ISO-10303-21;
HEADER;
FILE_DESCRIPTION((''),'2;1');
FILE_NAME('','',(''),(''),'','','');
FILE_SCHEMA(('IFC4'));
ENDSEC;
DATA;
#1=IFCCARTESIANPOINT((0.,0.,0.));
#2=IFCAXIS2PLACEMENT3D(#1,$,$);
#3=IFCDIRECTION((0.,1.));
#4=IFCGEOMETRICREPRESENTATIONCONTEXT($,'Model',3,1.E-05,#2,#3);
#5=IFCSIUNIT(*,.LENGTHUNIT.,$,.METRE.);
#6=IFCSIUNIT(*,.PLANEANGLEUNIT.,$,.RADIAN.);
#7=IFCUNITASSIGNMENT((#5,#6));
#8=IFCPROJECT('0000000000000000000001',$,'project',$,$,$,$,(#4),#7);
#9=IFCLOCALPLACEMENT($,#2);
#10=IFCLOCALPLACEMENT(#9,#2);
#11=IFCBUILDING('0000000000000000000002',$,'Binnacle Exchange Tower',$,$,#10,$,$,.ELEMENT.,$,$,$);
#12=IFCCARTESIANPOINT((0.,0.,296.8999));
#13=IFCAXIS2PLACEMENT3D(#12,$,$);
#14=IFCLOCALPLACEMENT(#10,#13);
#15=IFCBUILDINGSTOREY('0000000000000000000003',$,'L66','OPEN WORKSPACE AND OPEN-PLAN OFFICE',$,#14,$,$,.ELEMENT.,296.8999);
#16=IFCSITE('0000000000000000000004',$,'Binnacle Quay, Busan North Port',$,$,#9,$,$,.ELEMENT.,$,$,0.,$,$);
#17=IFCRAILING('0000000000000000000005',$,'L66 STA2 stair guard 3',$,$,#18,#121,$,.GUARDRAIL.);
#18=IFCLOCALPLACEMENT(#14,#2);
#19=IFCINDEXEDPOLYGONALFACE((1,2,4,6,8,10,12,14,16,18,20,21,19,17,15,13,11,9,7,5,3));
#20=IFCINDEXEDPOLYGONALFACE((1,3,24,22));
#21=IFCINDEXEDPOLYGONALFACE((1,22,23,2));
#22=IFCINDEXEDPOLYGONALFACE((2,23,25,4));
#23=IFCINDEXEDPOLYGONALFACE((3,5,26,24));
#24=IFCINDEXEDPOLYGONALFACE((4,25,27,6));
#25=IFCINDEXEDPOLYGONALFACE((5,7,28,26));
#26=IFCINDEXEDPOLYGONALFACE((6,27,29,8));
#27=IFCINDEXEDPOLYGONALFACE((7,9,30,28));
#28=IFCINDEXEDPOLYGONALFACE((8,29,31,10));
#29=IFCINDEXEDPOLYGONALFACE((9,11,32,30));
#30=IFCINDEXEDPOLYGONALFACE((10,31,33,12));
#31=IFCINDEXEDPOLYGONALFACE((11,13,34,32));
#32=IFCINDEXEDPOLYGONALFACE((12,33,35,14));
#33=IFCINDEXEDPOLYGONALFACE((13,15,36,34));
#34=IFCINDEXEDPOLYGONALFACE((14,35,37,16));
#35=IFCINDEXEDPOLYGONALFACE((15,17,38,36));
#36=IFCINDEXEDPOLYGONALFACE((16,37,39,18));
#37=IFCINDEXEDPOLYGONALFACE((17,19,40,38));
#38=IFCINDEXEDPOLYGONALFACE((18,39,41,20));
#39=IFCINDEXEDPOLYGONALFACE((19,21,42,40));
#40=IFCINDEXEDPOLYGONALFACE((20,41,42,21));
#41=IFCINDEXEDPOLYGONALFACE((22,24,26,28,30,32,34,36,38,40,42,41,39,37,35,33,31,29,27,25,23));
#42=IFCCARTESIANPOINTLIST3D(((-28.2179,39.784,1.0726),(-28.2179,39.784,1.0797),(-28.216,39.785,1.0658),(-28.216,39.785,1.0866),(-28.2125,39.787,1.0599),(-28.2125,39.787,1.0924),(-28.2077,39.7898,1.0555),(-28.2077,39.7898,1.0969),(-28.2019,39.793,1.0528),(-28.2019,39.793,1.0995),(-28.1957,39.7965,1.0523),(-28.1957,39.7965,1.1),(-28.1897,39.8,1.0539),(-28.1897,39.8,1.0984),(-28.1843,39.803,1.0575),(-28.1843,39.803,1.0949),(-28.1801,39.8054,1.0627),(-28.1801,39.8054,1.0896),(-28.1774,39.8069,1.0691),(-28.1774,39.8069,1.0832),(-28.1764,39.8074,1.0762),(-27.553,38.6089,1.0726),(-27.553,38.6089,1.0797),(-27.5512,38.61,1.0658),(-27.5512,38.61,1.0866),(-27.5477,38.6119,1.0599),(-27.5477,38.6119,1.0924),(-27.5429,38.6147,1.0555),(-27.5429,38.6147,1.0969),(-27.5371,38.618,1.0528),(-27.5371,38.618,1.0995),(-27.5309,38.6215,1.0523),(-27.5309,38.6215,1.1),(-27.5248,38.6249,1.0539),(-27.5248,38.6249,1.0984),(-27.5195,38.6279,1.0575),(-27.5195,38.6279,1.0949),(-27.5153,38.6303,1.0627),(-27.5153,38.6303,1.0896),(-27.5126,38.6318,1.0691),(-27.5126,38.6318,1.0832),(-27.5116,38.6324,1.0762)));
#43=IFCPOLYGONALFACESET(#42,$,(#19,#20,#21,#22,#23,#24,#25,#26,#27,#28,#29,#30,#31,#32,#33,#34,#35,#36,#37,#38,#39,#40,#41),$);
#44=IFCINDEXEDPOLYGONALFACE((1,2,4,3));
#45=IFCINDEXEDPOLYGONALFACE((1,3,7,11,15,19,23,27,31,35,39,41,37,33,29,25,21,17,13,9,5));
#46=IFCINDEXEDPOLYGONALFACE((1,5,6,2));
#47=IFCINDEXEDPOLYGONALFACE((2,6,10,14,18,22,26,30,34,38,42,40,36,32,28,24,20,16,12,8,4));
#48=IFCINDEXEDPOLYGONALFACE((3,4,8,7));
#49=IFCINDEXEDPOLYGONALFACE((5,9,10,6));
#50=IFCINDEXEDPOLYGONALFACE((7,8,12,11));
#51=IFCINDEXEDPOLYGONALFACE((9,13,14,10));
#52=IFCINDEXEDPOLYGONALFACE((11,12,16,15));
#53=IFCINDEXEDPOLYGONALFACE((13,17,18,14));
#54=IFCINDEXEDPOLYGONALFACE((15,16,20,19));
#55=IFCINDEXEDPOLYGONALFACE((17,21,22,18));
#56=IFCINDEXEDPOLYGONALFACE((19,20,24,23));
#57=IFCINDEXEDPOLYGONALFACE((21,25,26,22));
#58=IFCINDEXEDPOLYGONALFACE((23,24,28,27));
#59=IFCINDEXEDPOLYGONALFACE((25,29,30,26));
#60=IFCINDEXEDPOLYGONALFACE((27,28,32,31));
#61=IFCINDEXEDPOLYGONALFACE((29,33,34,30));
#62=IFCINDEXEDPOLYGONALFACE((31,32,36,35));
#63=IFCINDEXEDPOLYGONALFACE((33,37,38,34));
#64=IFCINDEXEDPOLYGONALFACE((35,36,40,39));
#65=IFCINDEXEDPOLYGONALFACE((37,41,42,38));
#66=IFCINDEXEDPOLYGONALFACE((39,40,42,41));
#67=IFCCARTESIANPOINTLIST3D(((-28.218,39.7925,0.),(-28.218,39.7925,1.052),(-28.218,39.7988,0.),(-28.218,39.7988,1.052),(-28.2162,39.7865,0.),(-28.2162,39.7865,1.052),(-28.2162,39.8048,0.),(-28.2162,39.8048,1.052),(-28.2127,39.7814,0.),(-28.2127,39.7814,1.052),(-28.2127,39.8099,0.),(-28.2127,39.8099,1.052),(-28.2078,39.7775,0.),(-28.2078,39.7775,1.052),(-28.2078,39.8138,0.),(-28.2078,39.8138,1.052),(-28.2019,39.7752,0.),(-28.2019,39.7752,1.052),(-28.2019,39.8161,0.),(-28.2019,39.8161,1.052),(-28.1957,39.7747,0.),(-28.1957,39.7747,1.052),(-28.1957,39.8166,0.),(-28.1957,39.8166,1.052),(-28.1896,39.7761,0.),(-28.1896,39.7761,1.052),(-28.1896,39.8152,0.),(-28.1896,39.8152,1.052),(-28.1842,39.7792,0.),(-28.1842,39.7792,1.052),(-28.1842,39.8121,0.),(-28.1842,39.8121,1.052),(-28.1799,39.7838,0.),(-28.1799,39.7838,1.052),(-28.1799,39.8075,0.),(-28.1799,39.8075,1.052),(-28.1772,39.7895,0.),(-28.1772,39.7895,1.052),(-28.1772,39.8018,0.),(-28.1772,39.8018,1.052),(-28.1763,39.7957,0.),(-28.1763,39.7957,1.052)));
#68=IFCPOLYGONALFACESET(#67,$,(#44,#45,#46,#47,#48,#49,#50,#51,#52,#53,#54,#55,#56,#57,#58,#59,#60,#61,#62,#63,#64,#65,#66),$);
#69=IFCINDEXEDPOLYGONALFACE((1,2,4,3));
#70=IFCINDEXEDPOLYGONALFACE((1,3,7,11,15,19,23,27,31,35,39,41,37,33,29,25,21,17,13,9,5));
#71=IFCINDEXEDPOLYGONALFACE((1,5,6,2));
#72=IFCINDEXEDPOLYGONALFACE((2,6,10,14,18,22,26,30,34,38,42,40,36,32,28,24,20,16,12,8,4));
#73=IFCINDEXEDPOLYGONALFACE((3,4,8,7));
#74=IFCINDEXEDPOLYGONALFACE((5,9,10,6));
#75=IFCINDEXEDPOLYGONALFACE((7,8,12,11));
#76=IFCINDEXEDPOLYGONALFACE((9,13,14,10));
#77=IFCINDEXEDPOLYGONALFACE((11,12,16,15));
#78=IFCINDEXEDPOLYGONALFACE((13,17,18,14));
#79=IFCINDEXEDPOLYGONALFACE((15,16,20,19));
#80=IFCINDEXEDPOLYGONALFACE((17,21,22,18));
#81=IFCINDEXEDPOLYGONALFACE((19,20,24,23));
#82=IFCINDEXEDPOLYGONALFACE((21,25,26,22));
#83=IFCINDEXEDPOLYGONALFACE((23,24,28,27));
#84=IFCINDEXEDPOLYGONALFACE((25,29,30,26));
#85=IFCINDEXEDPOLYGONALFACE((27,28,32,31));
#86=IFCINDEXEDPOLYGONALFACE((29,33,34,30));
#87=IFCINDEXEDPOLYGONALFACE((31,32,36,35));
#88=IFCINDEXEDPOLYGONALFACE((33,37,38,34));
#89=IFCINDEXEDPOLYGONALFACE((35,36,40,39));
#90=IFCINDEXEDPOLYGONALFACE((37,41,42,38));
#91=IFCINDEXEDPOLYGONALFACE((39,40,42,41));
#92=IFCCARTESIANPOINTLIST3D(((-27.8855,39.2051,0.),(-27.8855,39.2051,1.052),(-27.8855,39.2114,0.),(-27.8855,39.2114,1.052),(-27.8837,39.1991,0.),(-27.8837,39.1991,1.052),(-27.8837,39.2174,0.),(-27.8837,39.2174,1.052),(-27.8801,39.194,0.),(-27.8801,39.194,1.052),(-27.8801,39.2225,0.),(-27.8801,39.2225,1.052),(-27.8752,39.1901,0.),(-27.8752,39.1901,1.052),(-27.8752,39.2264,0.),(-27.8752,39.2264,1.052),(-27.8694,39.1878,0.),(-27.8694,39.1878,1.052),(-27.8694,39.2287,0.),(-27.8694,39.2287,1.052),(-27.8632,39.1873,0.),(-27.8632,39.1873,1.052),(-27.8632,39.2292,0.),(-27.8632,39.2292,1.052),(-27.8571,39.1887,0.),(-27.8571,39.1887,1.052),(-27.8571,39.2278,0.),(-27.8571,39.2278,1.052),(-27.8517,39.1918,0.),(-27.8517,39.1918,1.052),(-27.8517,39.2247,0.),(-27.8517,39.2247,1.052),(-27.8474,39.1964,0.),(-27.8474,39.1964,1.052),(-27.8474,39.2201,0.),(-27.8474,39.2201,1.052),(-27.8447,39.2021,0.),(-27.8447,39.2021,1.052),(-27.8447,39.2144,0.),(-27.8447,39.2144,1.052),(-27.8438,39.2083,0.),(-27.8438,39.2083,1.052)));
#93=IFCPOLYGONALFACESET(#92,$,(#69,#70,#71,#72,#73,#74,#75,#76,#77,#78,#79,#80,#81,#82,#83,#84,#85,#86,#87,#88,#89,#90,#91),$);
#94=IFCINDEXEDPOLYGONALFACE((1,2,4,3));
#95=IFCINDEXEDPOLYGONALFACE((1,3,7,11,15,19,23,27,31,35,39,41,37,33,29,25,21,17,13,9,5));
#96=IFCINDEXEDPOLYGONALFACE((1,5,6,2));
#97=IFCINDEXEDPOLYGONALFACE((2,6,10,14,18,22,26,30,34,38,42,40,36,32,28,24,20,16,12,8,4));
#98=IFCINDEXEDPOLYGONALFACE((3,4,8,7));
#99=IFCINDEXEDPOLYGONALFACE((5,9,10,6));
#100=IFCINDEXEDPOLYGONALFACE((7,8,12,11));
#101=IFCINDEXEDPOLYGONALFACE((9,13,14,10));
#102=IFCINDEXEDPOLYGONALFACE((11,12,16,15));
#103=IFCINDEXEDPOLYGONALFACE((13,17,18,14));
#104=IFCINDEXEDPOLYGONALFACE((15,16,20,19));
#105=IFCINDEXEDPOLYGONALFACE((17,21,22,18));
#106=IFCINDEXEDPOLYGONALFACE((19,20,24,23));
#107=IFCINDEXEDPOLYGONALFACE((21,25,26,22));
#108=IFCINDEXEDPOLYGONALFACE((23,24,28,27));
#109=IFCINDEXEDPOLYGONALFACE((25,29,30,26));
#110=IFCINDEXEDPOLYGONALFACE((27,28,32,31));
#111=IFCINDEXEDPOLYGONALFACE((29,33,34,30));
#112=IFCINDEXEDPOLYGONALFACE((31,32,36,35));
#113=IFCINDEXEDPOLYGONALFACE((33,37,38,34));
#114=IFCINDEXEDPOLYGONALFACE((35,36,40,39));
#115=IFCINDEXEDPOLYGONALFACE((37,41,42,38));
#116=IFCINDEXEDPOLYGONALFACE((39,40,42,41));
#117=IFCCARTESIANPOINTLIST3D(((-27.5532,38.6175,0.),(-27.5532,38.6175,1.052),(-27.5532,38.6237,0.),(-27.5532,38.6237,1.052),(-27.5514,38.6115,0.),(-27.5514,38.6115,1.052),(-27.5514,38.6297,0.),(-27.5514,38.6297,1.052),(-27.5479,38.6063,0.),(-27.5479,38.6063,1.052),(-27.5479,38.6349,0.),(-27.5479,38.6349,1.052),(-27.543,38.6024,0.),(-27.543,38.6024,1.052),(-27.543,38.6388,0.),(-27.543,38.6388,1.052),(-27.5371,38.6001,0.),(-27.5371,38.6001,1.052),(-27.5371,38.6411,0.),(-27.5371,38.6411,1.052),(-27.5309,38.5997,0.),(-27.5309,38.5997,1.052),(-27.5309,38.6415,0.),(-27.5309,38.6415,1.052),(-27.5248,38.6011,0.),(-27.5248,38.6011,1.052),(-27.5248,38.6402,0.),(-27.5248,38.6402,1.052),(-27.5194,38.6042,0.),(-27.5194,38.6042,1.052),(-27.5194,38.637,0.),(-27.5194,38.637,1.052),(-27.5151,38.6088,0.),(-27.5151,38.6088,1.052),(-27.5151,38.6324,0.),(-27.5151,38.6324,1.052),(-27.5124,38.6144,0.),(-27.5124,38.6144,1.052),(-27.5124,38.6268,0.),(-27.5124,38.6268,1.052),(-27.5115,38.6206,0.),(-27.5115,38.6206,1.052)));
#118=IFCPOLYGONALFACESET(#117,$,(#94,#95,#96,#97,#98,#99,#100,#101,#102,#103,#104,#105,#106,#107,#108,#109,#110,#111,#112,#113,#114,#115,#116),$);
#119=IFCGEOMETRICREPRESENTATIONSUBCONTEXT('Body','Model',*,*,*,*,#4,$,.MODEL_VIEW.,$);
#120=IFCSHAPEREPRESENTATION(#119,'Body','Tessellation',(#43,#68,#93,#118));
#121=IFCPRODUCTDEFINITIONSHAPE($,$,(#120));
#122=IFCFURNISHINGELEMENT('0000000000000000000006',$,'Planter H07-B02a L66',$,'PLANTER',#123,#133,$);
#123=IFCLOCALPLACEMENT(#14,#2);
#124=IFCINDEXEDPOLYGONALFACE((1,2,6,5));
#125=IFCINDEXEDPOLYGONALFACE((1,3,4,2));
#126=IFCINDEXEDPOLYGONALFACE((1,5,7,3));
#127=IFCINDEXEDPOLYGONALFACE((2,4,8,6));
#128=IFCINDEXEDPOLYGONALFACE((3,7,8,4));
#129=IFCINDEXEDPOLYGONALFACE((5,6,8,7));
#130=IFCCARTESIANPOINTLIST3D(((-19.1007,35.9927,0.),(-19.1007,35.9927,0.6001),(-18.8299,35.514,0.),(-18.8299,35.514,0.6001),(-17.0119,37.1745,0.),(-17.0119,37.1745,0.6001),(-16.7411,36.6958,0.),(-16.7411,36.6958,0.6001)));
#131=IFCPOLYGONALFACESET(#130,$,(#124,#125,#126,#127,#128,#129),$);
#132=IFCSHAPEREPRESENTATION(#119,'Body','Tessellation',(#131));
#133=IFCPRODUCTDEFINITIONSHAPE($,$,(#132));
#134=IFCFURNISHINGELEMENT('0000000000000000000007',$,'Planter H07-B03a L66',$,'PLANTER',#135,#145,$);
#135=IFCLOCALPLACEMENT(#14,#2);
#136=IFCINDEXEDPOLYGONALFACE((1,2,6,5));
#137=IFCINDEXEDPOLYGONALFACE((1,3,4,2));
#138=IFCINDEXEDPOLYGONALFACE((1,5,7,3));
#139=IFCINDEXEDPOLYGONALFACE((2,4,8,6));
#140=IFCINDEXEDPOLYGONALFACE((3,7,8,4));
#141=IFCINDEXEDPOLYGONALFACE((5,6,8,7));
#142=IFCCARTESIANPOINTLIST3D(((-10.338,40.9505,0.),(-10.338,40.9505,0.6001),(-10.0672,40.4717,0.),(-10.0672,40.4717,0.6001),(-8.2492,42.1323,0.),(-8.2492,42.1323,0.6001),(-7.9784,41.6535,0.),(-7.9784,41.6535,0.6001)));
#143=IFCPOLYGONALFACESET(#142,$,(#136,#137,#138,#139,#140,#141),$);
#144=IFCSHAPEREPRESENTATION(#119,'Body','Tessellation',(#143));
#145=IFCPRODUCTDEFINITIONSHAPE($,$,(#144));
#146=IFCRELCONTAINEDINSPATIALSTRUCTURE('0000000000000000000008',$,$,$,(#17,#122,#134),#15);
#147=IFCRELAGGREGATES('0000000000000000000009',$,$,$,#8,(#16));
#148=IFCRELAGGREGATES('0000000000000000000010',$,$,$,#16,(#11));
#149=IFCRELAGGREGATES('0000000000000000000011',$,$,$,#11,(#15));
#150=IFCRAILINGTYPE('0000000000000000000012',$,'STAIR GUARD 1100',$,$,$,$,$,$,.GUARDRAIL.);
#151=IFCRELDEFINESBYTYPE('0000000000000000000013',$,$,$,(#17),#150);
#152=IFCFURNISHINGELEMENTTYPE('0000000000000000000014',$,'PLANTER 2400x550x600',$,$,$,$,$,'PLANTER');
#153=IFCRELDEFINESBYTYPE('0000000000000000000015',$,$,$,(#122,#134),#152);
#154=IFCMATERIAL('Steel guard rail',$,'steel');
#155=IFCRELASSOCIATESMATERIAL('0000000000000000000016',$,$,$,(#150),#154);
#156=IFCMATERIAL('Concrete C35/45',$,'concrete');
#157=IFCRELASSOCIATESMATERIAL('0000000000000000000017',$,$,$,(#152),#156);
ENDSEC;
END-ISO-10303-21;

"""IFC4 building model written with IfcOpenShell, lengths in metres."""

from ifc_helpers import new_model, si_unit, direction, frame, origin, origin_2d, place, context, subcontext, project, spatial, rectangle, circle, extrude, material, type_object, element, save


model = new_model("IFC4")

# Units and contexts
model_context = context("Model", 3, precision=1e-05, world=origin(), true_north=direction((0.0, 1.0)))
body_context = subcontext(model_context, "Body", "Model", "MODEL_VIEW")
ifc_project = project(units=[si_unit("LENGTHUNIT", "METRE"), si_unit("PLANEANGLEUNIT", "RADIAN")], contexts=[model_context])

# Site, building, storey
site_placement = place(None, origin())
site = spatial("IfcSite", under=ifc_project, at=site_placement, Name="Binnacle Quay, Busan North Port", CompositionType="ELEMENT", RefElevation=0.0)
building_placement = place(site_placement, origin())
building = spatial("IfcBuilding", under=site, at=building_placement, Name="Binnacle Exchange Tower", CompositionType="ELEMENT")
storey_placement = place(building_placement, frame((0.0, 0.0, 296.8999)))
storey = spatial("IfcBuildingStorey", under=building, at=storey_placement, Name="L66", Description="OPEN WORKSPACE AND OPEN-PLAN OFFICE", CompositionType="ELEMENT", Elevation=296.8999)

# Shared definitions
ifc_material_1 = material(Name="Concrete C35/45", Category="concrete")

# Railing
ifc_material_2 = material(Name="Steel guard rail", Category="steel")
railing_type_1 = type_object("IfcRailingType", Name="STAIR GUARD 1100", PredefinedType="GUARDRAIL", material=ifc_material_2)
railing_1_placement = place(storey_placement, frame((-28.1973, 39.7957, 0.0)))
element("IfcRailing", 1, at=railing_1_placement, inside=storey, type_object=railing_type_1, Name="L66 STA2 stair guard 3", PredefinedType="GUARDRAIL", context=body_context, shape_type="SweptSolid", body=[
    extrude(circle(Radius=0.0239, at=origin_2d()), frame((0.0, 0.0, 1.0762), z_axis=(0.492415, -0.870361, 0.0), x_axis=(0.870361, 0.492415, 0.0)), (0.0, 0.0, 1.0), 1.3501),
    extrude(circle(Radius=0.021, at=origin_2d()), origin(), (0.0, 0.0, 1.0), 1.052),
    extrude(circle(Radius=0.021, at=origin_2d()), frame((0.3325, -0.5874, 0.0)), (0.0, 0.0, 1.0), 1.052),
    extrude(circle(Radius=0.021, at=origin_2d()), frame((0.6648, -1.175, 0.0)), (0.0, 0.0, 1.0), 1.052),
])

# Furnishing elements
furnishing_element_type = type_object("IfcFurnishingElementType", Name="PLANTER 2400x550x600", ElementType="PLANTER", material=ifc_material_1)
for number, where, z_axis, x_axis, name in (
    (2, (-17.9209, 36.3442, 0.0), (0.0, 0.0, 1.0), (0.870356, 0.492424, 0.0), "Planter H07-B02a L66"),
    (3, (-9.1582, 41.302, 0.0), (0.0, 0.0, 1.0), (0.870356, 0.492424, 0.0), "Planter H07-B03a L66"),
):
    element("IfcFurnishingElement", number, at=place(storey_placement, frame(where, z_axis=z_axis, x_axis=x_axis)), inside=storey, type_object=furnishing_element_type, Name=name, ObjectType="PLANTER", context=body_context, shape_type="SweptSolid", body=[
        extrude(rectangle(XDim=2.3999, YDim=0.55, at=origin_2d()), origin(), (0.0, 0.0, 1.0), 0.6001),
    ])

save(model, "model.ifc")
